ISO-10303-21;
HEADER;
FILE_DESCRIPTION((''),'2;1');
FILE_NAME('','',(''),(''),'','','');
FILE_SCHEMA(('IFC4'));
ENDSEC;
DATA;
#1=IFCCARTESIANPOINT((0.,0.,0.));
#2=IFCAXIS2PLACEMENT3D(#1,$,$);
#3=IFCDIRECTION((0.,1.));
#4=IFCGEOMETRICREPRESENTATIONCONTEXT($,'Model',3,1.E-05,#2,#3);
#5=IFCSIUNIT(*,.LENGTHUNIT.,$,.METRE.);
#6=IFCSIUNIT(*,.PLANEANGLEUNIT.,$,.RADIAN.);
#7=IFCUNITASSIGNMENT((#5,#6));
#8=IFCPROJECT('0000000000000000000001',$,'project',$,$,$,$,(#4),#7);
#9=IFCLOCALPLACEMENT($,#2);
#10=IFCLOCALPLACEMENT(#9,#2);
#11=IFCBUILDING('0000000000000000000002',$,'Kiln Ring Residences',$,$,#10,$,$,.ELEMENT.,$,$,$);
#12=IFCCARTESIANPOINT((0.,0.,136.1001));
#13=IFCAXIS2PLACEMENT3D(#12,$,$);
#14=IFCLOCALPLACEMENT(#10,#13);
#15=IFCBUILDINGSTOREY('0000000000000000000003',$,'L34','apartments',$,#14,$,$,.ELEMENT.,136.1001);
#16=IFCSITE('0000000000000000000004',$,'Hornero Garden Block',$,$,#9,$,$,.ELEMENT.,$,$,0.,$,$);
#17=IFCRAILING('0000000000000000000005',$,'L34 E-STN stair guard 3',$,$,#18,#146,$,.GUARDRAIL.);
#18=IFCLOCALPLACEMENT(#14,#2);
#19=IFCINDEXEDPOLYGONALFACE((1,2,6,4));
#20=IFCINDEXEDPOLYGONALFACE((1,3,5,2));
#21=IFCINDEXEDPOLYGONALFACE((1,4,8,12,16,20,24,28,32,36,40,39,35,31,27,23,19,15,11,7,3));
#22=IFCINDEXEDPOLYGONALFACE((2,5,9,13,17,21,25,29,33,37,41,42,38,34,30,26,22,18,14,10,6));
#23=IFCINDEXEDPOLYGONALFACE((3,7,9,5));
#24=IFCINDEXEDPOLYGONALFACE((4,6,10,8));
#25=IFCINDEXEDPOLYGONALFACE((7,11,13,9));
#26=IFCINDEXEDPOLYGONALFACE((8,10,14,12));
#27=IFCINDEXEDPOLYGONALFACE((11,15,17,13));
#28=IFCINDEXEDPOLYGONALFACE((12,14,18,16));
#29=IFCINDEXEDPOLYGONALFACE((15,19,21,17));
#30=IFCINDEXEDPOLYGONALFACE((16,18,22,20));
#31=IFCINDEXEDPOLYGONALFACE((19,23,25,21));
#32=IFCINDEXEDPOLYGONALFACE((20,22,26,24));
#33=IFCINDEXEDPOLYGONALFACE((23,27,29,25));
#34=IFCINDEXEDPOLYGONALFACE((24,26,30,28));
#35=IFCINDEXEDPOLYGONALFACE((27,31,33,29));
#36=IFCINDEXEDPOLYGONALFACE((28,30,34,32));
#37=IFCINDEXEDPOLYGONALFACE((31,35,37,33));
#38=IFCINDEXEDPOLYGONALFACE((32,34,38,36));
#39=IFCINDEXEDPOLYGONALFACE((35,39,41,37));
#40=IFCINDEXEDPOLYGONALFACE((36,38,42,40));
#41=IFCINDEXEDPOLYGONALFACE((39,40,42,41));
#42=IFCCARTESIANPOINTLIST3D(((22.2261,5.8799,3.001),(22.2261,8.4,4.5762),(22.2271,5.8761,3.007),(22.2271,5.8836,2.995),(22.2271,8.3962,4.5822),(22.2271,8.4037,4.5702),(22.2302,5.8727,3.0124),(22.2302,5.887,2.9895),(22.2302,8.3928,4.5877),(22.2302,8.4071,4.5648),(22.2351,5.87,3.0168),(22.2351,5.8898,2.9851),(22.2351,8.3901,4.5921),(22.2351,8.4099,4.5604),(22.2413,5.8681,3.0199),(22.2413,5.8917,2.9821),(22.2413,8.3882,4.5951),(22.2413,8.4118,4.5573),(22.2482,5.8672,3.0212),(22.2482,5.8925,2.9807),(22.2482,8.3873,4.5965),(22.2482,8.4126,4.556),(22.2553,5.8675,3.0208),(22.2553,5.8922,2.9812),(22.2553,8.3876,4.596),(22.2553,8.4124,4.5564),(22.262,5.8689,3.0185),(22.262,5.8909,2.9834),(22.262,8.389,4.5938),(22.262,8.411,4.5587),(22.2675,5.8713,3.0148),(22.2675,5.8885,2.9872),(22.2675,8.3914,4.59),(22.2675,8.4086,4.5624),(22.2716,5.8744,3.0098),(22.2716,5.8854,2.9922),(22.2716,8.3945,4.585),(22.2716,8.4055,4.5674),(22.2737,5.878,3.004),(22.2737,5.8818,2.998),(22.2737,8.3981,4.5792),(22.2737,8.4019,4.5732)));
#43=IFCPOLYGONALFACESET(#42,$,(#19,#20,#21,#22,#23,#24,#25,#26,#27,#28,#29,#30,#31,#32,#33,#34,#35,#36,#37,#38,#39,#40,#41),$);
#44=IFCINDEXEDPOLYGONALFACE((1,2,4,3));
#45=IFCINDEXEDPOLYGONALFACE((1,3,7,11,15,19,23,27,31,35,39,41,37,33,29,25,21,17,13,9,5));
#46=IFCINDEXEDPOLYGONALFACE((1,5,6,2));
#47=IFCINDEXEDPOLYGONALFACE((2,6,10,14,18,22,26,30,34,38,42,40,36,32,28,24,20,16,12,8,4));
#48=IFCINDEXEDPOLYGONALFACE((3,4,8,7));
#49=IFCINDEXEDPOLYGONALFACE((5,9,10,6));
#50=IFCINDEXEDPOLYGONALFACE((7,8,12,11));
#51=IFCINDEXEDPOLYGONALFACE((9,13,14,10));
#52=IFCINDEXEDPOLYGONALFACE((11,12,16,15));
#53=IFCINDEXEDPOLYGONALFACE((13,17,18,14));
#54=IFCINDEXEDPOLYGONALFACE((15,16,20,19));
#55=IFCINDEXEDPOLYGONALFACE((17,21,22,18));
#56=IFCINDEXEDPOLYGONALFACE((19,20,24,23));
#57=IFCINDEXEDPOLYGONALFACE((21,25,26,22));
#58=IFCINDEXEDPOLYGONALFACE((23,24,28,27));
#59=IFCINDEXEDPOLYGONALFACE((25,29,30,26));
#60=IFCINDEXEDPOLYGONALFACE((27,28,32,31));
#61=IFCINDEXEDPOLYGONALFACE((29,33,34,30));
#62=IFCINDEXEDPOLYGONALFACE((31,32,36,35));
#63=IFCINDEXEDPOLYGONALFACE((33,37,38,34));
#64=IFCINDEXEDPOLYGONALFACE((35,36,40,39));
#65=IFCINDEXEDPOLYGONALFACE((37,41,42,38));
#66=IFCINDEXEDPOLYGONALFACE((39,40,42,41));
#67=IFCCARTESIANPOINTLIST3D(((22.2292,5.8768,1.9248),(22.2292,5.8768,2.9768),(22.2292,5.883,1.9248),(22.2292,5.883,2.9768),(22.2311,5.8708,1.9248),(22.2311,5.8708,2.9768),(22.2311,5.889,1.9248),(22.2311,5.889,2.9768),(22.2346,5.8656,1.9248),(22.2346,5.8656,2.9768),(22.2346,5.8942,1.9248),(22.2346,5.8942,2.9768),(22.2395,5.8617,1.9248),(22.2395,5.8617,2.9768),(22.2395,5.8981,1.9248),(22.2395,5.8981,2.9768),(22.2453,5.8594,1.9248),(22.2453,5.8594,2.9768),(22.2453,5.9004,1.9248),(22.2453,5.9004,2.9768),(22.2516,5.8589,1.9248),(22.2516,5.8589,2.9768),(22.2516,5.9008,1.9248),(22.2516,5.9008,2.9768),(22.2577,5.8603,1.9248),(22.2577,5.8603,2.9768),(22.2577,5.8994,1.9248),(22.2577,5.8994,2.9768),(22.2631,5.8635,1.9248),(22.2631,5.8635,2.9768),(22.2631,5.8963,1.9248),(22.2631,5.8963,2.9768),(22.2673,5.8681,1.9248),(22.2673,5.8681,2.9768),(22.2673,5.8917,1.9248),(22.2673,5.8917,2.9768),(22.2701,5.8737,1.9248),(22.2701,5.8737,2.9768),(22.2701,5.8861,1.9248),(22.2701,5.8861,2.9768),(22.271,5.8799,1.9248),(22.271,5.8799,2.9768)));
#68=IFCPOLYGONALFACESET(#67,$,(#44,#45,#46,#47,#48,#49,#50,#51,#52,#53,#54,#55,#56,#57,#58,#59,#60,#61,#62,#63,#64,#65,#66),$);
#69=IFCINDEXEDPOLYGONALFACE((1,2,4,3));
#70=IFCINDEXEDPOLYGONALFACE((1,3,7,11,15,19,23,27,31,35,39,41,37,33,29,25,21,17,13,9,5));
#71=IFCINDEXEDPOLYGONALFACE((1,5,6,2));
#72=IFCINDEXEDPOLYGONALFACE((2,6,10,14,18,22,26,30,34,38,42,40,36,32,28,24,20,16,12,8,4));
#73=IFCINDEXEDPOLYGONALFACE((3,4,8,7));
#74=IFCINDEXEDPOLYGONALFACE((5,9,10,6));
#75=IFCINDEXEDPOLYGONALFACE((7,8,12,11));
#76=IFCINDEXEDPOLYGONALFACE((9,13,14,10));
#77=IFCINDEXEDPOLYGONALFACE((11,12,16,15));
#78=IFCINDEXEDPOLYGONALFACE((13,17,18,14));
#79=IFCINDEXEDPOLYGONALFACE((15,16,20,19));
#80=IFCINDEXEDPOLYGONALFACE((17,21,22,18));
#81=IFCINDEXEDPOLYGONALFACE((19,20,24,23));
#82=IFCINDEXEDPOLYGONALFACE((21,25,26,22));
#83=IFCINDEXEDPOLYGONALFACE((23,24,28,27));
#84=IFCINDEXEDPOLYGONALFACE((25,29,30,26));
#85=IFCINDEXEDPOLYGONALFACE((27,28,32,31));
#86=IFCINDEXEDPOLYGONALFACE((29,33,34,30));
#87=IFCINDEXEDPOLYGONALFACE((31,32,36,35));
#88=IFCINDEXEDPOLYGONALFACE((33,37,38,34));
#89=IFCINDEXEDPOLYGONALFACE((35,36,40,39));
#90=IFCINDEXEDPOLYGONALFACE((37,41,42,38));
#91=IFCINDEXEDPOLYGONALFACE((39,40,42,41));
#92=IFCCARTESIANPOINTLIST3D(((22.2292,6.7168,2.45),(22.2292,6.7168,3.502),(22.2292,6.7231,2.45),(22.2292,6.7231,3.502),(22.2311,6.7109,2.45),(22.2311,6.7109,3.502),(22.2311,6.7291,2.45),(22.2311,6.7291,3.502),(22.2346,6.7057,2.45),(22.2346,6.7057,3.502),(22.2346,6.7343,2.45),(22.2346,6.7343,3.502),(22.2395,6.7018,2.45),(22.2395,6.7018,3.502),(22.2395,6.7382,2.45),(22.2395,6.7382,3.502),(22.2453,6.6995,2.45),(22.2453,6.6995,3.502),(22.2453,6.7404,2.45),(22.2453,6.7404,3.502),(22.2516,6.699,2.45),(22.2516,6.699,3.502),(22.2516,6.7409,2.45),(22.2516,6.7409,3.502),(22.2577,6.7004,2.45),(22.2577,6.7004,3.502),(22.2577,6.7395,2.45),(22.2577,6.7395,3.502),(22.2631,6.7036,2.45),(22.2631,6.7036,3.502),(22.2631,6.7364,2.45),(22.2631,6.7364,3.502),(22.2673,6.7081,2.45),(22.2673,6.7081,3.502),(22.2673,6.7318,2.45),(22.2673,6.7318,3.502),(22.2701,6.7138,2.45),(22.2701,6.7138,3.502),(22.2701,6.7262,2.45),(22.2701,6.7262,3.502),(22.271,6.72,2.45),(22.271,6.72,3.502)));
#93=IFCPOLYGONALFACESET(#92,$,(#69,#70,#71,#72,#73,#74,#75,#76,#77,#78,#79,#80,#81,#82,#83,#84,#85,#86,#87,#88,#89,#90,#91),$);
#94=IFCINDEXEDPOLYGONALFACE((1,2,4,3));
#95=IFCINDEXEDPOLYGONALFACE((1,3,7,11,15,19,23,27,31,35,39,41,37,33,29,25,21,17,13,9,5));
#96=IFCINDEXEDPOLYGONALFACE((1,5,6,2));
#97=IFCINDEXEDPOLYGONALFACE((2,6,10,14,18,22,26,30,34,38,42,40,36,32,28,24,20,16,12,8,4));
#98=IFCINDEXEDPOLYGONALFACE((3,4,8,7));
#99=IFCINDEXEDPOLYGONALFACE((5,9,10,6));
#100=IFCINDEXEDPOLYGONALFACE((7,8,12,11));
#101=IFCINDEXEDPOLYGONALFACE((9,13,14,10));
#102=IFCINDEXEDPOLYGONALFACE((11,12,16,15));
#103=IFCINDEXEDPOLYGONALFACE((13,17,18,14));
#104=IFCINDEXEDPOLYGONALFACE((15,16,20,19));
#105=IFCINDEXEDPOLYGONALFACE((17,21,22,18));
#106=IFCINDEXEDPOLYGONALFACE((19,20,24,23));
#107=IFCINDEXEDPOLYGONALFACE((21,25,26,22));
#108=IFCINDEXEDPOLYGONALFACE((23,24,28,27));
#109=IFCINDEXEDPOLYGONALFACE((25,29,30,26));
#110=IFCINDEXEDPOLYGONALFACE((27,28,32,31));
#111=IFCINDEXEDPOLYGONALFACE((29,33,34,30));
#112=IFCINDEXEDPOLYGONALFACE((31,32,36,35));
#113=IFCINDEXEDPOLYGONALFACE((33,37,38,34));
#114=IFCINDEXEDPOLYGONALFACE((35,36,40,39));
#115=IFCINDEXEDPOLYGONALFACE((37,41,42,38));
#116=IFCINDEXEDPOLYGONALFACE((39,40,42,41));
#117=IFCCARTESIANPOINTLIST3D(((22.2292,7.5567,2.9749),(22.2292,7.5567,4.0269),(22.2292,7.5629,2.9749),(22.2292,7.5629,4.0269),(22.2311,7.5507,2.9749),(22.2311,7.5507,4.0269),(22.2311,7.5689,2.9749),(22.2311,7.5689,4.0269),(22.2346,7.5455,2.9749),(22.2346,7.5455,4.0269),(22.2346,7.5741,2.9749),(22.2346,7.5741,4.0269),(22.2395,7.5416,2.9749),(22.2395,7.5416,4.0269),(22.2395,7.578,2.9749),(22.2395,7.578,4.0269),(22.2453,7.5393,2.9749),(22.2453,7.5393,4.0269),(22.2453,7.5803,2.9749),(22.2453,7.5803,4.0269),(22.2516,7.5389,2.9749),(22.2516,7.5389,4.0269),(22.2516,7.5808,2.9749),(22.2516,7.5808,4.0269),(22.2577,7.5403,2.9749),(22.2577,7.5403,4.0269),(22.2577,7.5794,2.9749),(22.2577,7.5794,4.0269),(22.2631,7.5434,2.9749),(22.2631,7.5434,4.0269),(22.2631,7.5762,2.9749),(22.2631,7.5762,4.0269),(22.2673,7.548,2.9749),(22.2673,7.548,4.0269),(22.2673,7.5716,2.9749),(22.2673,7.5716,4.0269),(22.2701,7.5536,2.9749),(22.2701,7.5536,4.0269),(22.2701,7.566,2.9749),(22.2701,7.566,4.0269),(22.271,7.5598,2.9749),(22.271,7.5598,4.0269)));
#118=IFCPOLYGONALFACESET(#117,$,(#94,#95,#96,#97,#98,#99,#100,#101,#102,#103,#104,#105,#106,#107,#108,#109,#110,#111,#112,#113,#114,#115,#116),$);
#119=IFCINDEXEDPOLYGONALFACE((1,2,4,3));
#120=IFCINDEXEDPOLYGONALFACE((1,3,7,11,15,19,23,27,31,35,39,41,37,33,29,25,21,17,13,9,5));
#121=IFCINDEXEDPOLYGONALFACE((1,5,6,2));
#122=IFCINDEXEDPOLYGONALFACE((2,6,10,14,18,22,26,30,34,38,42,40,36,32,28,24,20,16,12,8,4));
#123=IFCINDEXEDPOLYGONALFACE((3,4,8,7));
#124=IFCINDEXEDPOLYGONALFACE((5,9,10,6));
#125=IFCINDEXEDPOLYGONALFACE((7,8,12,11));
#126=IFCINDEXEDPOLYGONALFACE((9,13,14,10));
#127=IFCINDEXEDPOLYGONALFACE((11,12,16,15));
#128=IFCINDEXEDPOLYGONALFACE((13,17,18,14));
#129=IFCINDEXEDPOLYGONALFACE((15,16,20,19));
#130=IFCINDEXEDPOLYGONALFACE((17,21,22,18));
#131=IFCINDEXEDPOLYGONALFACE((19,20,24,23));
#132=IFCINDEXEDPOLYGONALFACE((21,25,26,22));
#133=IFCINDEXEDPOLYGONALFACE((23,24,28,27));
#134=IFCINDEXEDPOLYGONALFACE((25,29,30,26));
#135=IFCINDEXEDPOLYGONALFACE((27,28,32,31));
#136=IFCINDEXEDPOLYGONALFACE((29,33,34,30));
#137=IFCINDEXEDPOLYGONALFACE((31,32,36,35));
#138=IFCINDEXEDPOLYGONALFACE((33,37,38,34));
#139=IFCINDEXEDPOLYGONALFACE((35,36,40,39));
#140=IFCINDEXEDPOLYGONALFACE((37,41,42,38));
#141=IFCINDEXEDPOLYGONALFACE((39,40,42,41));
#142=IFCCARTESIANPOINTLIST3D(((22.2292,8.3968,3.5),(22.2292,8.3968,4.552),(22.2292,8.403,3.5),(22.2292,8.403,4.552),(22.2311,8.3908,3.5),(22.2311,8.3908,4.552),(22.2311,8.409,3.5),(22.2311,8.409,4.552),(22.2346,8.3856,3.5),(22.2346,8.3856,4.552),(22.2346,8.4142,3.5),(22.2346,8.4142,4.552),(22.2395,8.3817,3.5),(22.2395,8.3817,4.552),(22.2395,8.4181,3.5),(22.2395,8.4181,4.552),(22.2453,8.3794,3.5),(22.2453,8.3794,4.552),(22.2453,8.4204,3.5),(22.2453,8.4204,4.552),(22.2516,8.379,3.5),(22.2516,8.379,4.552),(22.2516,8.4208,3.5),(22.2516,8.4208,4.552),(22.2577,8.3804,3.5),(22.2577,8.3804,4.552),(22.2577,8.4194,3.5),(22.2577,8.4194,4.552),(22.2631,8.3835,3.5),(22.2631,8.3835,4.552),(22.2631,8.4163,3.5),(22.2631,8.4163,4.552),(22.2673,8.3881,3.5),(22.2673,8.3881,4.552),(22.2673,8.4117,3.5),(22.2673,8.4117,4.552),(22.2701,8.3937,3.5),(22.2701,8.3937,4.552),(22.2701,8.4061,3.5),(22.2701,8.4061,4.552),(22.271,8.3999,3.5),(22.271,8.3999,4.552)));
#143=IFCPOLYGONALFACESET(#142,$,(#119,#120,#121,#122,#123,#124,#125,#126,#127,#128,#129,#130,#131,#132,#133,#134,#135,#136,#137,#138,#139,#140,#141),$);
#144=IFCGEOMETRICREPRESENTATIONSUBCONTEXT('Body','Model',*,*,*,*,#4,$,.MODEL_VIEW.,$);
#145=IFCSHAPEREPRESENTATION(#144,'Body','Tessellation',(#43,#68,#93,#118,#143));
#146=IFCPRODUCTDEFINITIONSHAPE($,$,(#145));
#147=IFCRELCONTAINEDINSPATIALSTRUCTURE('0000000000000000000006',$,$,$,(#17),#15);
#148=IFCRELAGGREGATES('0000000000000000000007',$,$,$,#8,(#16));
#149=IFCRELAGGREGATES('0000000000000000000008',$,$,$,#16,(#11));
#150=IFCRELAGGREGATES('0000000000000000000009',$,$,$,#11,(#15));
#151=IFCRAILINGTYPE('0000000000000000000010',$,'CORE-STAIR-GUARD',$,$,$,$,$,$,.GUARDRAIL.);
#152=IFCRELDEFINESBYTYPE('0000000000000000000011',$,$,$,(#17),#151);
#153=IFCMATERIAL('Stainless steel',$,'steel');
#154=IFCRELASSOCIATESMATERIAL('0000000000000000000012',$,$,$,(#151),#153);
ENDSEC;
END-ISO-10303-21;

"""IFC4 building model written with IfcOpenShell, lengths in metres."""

from ifc_helpers import new_model, si_unit, direction, frame, origin, origin_2d, place, context, subcontext, project, spatial, circle, extrude, material, type_object, element, save


model = new_model("IFC4")

# Units and contexts
model_context = context("Model", 3, precision=1e-05, world=origin(), true_north=direction((0.0, 1.0)))
body_context = subcontext(model_context, "Body", "Model", "MODEL_VIEW")
ifc_project = project(units=[si_unit("LENGTHUNIT", "METRE"), si_unit("PLANEANGLEUNIT", "RADIAN")], contexts=[model_context])

# Site, building, storey
site_placement = place(None, origin())
site = spatial("IfcSite", under=ifc_project, at=site_placement, Name="Hornero Garden Block", CompositionType="ELEMENT", RefElevation=0.0)
building_placement = place(site_placement, origin())
building = spatial("IfcBuilding", under=site, at=building_placement, Name="Kiln Ring Residences", CompositionType="ELEMENT")
storey_placement = place(building_placement, frame((0.0, 0.0, 136.1001)))
storey = spatial("IfcBuildingStorey", under=building, at=storey_placement, Name="L34", Description="apartments", CompositionType="ELEMENT", Elevation=136.1001)

# Railing
ifc_material_1 = material(Name="Stainless steel", Category="steel")
railing_type_1 = type_object("IfcRailingType", Name="CORE-STAIR-GUARD", PredefinedType="GUARDRAIL", material=ifc_material_1)
railing_1_placement = place(storey_placement, frame((22.25, 5.8799, 1.9248)))
element("IfcRailing", 1, at=railing_1_placement, inside=storey, type_object=railing_type_1, Name="L34 E-STN stair guard 3", PredefinedType="GUARDRAIL", context=body_context, shape_type="SweptSolid", body=[
    extrude(circle(Radius=0.0239, at=origin_2d()), frame((0.0, 0.0, 1.0762), z_axis=(0.0, 0.847971, 0.530043), x_axis=(-1.0, 0.0, 0.0)), (0.0, 0.0, 1.0), 2.9719),
    extrude(circle(Radius=0.021, at=origin_2d()), origin(), (0.0, 0.0, 1.0), 1.052),
    extrude(circle(Radius=0.021, at=origin_2d()), frame((0.0, 0.8401, 0.5251)), (0.0, 0.0, 1.0), 1.052),
    extrude(circle(Radius=0.021, at=origin_2d()), frame((0.0, 1.6799, 1.05)), (0.0, 0.0, 1.0), 1.052),
    extrude(circle(Radius=0.021, at=origin_2d()), frame((0.0, 2.52, 1.5752)), (0.0, 0.0, 1.0), 1.052),
])

save(model, "model.ifc")
